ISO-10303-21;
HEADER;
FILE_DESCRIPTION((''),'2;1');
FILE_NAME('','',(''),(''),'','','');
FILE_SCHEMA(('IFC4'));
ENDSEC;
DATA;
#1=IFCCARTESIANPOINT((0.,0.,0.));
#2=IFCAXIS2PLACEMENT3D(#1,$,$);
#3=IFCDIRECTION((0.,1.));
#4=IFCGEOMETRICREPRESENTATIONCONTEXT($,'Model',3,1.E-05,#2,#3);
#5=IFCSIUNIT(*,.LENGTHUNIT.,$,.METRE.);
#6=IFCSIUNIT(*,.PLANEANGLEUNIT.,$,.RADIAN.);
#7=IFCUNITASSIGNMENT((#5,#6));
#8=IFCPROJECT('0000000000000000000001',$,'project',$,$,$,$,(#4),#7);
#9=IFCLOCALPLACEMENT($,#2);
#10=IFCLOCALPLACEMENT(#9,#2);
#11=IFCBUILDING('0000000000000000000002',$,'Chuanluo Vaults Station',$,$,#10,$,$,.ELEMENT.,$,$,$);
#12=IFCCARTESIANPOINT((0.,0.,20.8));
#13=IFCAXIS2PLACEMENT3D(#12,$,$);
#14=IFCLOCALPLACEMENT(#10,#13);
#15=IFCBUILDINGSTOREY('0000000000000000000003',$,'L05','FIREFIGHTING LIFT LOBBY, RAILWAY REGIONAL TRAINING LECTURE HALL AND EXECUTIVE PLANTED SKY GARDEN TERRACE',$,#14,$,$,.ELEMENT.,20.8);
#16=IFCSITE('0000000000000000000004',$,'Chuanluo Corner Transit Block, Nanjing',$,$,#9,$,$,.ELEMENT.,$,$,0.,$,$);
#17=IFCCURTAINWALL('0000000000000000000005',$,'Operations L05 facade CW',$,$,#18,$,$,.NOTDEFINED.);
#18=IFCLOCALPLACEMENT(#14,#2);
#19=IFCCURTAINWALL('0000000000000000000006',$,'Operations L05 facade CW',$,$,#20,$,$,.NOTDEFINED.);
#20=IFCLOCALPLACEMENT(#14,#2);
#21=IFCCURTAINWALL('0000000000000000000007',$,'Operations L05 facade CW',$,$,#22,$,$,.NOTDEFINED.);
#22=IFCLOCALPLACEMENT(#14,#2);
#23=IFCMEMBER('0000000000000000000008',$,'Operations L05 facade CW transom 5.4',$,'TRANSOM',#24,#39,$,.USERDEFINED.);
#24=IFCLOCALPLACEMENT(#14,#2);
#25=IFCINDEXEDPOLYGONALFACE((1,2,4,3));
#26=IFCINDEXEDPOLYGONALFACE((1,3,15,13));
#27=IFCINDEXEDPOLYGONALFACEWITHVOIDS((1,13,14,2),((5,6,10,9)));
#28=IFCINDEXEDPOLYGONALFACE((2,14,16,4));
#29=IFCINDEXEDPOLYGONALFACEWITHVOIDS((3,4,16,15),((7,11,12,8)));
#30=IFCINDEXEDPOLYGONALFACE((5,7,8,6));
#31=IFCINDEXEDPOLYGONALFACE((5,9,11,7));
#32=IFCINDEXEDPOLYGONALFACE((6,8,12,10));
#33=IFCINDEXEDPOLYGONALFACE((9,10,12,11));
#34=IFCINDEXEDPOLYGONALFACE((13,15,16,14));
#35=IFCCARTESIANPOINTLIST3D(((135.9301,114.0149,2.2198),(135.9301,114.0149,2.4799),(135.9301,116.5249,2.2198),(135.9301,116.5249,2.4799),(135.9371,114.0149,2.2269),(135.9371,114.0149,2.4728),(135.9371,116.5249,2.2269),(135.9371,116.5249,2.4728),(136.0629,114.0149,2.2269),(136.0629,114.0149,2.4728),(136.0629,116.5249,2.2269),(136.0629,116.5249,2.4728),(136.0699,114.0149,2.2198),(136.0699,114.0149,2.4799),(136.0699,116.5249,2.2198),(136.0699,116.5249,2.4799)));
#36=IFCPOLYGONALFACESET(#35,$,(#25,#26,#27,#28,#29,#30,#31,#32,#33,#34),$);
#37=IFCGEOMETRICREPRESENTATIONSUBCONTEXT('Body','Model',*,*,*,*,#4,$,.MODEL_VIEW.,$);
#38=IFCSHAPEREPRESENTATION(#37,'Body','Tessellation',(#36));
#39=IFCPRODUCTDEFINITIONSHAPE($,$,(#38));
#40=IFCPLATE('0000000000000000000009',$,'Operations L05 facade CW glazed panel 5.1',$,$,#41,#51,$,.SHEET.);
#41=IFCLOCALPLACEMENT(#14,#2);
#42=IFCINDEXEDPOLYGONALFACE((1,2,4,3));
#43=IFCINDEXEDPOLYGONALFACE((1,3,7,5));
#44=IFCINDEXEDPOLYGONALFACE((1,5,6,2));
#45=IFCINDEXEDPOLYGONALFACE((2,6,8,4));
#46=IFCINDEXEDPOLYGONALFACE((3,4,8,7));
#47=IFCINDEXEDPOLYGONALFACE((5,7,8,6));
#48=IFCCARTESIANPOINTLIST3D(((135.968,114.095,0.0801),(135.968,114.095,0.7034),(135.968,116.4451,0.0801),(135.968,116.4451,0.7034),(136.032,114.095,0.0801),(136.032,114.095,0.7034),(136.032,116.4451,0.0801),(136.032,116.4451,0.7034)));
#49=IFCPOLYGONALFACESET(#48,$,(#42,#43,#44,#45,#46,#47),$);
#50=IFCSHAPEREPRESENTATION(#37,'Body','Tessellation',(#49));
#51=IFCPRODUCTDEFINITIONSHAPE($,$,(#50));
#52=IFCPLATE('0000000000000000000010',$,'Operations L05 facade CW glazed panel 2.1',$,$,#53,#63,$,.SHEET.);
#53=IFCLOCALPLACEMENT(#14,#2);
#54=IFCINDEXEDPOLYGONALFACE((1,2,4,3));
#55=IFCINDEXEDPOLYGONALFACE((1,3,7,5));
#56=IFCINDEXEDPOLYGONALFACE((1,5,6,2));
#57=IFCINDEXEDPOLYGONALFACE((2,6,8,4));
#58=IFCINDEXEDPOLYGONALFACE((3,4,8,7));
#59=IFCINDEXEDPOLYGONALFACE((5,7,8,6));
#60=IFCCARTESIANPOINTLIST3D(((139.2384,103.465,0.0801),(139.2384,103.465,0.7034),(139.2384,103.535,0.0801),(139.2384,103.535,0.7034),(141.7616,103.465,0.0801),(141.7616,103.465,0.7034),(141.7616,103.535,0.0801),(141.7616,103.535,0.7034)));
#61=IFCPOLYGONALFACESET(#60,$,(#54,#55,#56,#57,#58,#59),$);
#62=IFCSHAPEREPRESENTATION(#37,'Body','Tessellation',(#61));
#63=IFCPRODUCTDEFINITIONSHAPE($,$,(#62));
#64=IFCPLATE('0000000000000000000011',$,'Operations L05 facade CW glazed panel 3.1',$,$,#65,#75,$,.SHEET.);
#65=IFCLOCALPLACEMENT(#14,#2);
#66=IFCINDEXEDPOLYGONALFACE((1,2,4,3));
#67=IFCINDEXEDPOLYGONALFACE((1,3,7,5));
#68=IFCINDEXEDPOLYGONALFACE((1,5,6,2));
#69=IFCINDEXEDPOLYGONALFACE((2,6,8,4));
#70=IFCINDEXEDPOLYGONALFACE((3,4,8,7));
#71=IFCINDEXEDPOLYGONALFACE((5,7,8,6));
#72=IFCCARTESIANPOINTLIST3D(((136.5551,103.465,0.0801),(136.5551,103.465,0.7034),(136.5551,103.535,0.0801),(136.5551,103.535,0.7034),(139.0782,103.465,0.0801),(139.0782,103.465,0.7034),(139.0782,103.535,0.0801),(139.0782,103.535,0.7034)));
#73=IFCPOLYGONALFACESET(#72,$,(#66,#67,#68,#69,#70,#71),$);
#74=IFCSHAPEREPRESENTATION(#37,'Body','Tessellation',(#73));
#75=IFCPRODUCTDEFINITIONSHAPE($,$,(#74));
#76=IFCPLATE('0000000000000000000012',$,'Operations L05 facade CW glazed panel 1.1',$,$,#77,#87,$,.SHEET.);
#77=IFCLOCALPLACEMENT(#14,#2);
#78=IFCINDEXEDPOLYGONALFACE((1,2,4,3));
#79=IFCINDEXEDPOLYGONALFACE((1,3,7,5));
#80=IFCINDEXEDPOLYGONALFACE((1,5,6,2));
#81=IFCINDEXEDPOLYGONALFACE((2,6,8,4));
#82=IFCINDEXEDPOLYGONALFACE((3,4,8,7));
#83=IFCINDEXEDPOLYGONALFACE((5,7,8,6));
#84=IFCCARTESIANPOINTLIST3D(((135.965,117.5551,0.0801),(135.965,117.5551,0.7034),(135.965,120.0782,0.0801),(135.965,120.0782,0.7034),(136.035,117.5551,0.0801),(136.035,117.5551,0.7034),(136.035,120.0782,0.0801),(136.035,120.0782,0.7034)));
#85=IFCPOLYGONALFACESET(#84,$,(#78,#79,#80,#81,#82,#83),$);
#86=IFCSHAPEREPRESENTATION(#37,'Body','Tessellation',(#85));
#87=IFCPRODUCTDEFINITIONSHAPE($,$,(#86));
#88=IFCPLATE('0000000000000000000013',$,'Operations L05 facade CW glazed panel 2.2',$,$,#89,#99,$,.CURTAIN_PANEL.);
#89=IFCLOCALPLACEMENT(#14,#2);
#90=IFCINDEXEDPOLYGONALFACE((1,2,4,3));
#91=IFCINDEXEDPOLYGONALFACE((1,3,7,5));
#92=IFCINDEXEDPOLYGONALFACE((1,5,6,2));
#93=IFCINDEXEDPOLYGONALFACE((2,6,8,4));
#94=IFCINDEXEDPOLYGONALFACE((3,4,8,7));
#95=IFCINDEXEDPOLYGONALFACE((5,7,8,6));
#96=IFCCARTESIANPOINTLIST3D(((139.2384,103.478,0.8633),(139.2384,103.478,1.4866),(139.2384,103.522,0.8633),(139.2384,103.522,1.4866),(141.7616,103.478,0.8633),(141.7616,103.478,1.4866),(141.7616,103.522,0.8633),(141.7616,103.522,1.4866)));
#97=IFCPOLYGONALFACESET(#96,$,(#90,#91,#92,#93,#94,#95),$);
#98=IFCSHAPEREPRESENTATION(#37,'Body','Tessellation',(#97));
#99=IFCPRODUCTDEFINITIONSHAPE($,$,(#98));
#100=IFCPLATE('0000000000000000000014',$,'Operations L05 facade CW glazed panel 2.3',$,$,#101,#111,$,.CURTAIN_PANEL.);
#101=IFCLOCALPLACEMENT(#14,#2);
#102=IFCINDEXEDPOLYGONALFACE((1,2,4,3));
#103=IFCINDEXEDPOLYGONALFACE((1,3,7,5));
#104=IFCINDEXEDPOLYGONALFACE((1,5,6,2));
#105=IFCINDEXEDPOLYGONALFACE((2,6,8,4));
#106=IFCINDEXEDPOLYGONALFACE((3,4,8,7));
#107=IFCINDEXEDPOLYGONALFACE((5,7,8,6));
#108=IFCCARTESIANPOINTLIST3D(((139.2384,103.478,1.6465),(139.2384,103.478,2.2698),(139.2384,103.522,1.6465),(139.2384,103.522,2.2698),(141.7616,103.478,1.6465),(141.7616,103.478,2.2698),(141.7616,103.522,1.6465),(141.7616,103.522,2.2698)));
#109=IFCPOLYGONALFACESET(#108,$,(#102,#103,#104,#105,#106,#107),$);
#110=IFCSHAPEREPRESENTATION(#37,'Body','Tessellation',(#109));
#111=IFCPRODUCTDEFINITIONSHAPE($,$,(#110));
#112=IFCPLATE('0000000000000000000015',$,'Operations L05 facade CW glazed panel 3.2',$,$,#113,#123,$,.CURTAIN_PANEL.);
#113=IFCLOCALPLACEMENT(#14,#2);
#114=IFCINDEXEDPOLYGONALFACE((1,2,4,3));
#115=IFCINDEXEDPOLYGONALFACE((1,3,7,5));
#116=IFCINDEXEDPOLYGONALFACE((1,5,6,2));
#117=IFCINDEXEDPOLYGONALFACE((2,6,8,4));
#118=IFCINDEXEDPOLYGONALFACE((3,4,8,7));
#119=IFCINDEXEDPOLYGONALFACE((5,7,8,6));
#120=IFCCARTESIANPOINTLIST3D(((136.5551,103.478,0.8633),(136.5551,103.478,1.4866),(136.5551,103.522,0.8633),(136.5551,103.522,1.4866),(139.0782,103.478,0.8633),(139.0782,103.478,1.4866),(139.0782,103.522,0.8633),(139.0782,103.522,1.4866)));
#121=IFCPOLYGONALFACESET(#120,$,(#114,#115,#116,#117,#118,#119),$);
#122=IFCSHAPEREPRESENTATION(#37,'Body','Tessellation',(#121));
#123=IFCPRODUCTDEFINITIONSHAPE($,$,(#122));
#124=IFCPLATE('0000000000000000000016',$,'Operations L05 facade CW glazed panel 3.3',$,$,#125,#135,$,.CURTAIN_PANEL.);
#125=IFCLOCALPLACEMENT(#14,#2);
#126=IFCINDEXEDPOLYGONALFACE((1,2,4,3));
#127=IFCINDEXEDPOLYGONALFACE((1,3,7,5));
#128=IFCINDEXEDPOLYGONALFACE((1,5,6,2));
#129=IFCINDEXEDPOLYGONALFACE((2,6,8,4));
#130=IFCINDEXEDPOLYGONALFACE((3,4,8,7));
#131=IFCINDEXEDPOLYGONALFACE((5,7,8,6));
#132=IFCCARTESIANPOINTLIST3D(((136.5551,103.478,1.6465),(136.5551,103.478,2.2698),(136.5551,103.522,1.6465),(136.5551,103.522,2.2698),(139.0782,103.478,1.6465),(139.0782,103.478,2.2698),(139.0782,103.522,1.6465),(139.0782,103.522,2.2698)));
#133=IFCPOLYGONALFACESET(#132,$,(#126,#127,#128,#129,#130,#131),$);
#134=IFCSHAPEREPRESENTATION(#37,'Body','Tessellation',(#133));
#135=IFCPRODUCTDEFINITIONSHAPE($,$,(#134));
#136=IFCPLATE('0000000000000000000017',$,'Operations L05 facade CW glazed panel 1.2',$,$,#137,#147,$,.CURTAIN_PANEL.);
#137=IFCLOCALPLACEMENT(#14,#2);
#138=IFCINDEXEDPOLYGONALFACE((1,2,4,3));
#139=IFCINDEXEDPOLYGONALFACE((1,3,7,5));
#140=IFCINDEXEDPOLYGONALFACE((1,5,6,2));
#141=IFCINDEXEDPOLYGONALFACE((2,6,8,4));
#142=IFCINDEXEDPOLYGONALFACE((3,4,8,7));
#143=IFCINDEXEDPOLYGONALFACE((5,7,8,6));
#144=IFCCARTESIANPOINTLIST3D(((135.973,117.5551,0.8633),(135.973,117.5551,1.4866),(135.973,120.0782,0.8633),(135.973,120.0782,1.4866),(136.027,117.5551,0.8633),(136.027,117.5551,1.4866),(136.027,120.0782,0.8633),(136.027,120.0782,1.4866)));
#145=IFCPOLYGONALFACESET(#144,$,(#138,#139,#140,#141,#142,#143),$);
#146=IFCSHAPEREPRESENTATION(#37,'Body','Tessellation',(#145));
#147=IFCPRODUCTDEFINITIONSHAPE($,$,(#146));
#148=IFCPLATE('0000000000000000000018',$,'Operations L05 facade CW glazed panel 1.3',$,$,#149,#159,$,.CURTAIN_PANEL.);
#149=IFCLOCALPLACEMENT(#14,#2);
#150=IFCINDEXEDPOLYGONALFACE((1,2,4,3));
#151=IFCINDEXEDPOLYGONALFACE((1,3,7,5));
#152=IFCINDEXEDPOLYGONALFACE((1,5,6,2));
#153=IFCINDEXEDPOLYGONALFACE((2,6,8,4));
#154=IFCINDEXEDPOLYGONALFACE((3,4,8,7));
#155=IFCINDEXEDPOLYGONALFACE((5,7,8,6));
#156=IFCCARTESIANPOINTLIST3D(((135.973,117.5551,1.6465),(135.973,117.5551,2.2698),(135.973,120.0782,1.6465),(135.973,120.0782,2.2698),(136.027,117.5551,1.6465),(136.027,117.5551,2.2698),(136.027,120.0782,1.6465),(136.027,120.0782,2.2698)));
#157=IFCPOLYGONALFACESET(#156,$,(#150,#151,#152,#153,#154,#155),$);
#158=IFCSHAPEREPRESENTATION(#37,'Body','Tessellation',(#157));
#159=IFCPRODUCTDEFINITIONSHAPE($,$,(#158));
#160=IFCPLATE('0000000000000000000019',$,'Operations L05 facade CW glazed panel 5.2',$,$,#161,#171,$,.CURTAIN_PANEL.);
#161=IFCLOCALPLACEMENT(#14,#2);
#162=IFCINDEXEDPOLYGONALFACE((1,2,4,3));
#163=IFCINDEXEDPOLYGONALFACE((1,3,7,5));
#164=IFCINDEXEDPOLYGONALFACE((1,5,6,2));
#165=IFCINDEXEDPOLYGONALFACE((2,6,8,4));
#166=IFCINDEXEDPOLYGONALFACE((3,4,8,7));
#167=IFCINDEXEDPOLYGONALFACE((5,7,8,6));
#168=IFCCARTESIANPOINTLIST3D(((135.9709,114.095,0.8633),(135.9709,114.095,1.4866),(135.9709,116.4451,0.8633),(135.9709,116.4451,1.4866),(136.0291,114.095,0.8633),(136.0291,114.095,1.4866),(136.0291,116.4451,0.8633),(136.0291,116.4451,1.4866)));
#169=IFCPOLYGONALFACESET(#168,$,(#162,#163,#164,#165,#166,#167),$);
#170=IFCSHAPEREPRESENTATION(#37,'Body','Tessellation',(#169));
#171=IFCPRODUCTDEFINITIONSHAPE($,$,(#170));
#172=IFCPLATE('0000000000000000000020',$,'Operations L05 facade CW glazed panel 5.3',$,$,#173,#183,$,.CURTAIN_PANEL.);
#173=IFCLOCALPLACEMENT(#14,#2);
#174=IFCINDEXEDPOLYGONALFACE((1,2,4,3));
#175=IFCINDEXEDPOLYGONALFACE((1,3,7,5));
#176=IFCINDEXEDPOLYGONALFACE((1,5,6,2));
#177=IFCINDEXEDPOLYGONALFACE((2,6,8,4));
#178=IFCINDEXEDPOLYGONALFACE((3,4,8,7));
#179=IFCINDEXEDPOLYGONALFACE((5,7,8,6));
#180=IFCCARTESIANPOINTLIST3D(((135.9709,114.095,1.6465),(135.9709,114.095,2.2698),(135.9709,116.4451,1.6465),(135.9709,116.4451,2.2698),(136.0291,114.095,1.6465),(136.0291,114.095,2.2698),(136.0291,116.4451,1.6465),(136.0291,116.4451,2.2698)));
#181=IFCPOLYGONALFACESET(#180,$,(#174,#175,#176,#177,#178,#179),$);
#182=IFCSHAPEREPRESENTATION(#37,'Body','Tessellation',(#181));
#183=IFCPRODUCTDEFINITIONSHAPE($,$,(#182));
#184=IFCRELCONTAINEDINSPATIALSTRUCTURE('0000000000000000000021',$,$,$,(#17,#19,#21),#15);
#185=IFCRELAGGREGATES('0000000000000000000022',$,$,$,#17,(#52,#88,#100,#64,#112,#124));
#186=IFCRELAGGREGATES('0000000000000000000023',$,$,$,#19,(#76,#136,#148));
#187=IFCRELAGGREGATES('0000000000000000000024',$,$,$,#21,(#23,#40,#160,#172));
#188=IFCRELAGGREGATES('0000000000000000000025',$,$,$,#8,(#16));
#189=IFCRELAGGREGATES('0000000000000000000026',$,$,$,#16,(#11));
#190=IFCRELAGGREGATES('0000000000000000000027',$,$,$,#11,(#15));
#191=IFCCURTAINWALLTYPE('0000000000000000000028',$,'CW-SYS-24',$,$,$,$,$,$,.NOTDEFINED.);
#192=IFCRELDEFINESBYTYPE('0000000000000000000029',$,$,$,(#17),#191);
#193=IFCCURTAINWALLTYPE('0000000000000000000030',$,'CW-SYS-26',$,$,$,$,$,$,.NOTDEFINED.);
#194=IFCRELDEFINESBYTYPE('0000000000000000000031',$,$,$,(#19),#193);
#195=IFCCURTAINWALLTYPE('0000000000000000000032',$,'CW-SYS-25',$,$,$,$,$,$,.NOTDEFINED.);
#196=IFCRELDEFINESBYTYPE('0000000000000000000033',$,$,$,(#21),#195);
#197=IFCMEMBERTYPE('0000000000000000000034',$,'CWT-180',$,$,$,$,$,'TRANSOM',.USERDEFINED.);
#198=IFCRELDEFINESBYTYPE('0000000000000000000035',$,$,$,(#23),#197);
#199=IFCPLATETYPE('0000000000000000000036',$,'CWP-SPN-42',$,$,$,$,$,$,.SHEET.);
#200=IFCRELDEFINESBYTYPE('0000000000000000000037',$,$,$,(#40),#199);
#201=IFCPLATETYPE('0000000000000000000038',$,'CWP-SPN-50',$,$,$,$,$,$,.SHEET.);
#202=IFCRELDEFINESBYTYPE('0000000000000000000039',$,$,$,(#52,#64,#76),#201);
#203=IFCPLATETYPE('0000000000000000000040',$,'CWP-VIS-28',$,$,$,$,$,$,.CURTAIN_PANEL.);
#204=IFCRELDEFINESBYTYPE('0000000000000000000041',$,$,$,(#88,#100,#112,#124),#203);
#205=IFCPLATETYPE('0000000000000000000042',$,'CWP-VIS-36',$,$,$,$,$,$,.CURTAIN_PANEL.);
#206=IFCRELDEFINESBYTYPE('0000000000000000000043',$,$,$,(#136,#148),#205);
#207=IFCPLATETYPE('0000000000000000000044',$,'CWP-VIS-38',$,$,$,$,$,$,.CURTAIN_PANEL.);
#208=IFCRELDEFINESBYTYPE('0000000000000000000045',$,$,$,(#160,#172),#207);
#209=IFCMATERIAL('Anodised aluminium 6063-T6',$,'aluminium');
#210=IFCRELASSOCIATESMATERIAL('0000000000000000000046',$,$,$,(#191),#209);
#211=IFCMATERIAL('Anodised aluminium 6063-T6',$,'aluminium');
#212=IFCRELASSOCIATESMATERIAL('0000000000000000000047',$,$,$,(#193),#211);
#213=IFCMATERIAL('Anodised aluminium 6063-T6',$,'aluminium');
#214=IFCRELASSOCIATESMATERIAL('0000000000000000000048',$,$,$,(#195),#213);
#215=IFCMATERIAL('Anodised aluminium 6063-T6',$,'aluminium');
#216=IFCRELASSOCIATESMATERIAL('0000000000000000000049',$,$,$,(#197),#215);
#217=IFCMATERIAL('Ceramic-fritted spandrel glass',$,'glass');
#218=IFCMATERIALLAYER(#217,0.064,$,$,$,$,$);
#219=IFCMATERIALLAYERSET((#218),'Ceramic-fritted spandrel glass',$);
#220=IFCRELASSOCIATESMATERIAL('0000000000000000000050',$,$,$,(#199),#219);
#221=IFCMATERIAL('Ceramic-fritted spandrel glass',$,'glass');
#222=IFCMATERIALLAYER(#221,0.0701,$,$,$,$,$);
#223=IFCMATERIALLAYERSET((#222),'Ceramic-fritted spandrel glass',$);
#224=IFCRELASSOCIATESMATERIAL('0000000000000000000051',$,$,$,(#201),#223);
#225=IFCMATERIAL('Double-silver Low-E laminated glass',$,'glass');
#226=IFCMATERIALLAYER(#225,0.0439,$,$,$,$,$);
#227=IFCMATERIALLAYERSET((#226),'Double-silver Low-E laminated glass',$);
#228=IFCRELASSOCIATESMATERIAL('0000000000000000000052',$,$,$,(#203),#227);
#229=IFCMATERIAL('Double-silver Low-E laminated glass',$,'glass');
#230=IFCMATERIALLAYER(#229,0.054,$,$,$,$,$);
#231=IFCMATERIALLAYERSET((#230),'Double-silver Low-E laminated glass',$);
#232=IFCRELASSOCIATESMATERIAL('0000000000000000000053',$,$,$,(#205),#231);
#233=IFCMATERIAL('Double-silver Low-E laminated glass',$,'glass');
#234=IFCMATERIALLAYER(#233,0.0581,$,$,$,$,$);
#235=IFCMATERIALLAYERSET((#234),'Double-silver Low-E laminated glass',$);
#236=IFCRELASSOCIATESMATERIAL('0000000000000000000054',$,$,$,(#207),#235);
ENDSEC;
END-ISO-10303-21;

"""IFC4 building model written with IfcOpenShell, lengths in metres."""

from ifc_helpers import new_model, si_unit, direction, frame, origin, origin_2d, place, context, subcontext, project, spatial, rectangle, hollow_rectangle, extrude, material, layer, layer_set, material_profile, profile_set, type_object, element, aggregate, save


model = new_model("IFC4")

# Units and contexts
model_context = context("Model", 3, precision=1e-05, world=origin(), true_north=direction((0.0, 1.0)))
body_context = subcontext(model_context, "Body", "Model", "MODEL_VIEW")
ifc_project = project(units=[si_unit("LENGTHUNIT", "METRE"), si_unit("PLANEANGLEUNIT", "RADIAN")], contexts=[model_context])

# Site, building, storey
site_placement = place(None, origin())
site = spatial("IfcSite", under=ifc_project, at=site_placement, Name="Chuanluo Corner Transit Block, Nanjing", CompositionType="ELEMENT", RefElevation=0.0)
building_placement = place(site_placement, origin())
building = spatial("IfcBuilding", under=site, at=building_placement, Name="Chuanluo Vaults Station", CompositionType="ELEMENT")
storey_placement = place(building_placement, frame((0.0, 0.0, 20.8)))
storey = spatial("IfcBuildingStorey", under=building, at=storey_placement, Name="L05", Description="FIREFIGHTING LIFT LOBBY, RAILWAY REGIONAL TRAINING LECTURE HALL AND EXECUTIVE PLANTED SKY GARDEN TERRACE", CompositionType="ELEMENT", Elevation=20.8)

# Curtain walls
ifc_material_1 = material(Name="Anodised aluminium 6063-T6", Category="aluminium")
curtain_wall_type_1 = type_object("IfcCurtainWallType", Name="CW-SYS-24", PredefinedType="NOTDEFINED", material=ifc_material_1)
curtain_wall_1_placement = place(storey_placement, origin())
curtain_wall_1 = element("IfcCurtainWall", 1, at=curtain_wall_1_placement, inside=storey, type_object=curtain_wall_type_1, Name="Operations L05 facade CW", PredefinedType="NOTDEFINED")
ifc_material_2 = material(Name="Anodised aluminium 6063-T6", Category="aluminium")
curtain_wall_type_2 = type_object("IfcCurtainWallType", Name="CW-SYS-26", PredefinedType="NOTDEFINED", material=ifc_material_2)
curtain_wall_2_placement = place(storey_placement, origin())
curtain_wall_2 = element("IfcCurtainWall", 2, at=curtain_wall_2_placement, inside=storey, type_object=curtain_wall_type_2, Name="Operations L05 facade CW", PredefinedType="NOTDEFINED")

# Curtain wall, member, plate
ifc_material_3 = material(Name="Anodised aluminium 6063-T6", Category="aluminium")
curtain_wall_type_3 = type_object("IfcCurtainWallType", Name="CW-SYS-25", PredefinedType="NOTDEFINED", material=ifc_material_3)
curtain_wall_3_placement = place(storey_placement, origin())
curtain_wall_3 = element("IfcCurtainWall", 3, at=curtain_wall_3_placement, inside=storey, type_object=curtain_wall_type_3, Name="Operations L05 facade CW", PredefinedType="NOTDEFINED")
ifc_material_4 = material(Name="Anodised aluminium 6063-T6", Category="aluminium")
ifc_material_profile_1 = material_profile(ifc_material_4, hollow_rectangle(XDim=0.1399, YDim=0.26, WallThickness=0.0071, at=origin_2d()))
ifc_profile_set_1 = profile_set([ifc_material_profile_1], Name="Anodised aluminium 6063-T6")
member_type_1 = type_object("IfcMemberType", Name="CWT-180", ElementType="TRANSOM", PredefinedType="USERDEFINED", material=ifc_profile_set_1)
member_1_placement = place(storey_placement, frame((136.0, 114.0149, 2.3499), z_axis=(0.0, 1.0, 0.0), x_axis=(-1.0, 0.0, 0.0)))
member_1 = element("IfcMember", 4, at=member_1_placement, type_object=member_type_1, Name="Operations L05 facade CW transom 5.4", ObjectType="TRANSOM", PredefinedType="USERDEFINED", context=body_context, shape_type="SweptSolid", body=[
    extrude(hollow_rectangle(XDim=0.1399, YDim=0.26, WallThickness=0.0071, at=origin_2d()), origin(), (0.0, 0.0, 1.0), 2.51),
])
ifc_material_5 = material(Name="Ceramic-fritted spandrel glass", Category="glass")
ifc_layer_1 = layer(ifc_material_5, 0.064)
ifc_layer_set_1 = layer_set([ifc_layer_1], Name="Ceramic-fritted spandrel glass")
plate_type_1 = type_object("IfcPlateType", Name="CWP-SPN-42", PredefinedType="SHEET", material=ifc_layer_set_1)
plate_1_placement = place(storey_placement, frame((136.0, 115.27, 0.0801), z_axis=(0.0, 0.0, 1.0), x_axis=(0.0, 1.0, 0.0)))
plate_1 = element("IfcPlate", 5, at=plate_1_placement, type_object=plate_type_1, Name="Operations L05 facade CW glazed panel 5.1", PredefinedType="SHEET", context=body_context, shape_type="SweptSolid", body=[
    extrude(rectangle(XDim=2.3501, YDim=0.064, at=origin_2d()), origin(), (0.0, 0.0, 1.0), 0.6233),
])

# Plates
ifc_material_6 = material(Name="Ceramic-fritted spandrel glass", Category="glass")
ifc_layer_2 = layer(ifc_material_6, 0.0701)
ifc_layer_set_2 = layer_set([ifc_layer_2], Name="Ceramic-fritted spandrel glass")
plate_type_2 = type_object("IfcPlateType", Name="CWP-SPN-50", PredefinedType="SHEET", material=ifc_layer_set_2)
plate_2_placement = place(storey_placement, frame((140.5, 103.5, 0.0801), z_axis=(0.0, 0.0, 1.0), x_axis=(-1.0, 0.0, 0.0)))
plate_2 = element("IfcPlate", 6, at=plate_2_placement, type_object=plate_type_2, Name="Operations L05 facade CW glazed panel 2.1", PredefinedType="SHEET", context=body_context, shape_type="SweptSolid", body=[
    extrude(rectangle(XDim=2.5232, YDim=0.0701, at=origin_2d()), origin(), (0.0, 0.0, 1.0), 0.6233),
])
plate_3_placement = place(storey_placement, frame((137.8167, 103.5, 0.0801), z_axis=(0.0, 0.0, 1.0), x_axis=(-1.0, 0.0, 0.0)))
plate_3 = element("IfcPlate", 7, at=plate_3_placement, type_object=plate_type_2, Name="Operations L05 facade CW glazed panel 3.1", PredefinedType="SHEET", context=body_context, shape_type="SweptSolid", body=[
    extrude(rectangle(XDim=2.5232, YDim=0.0701, at=origin_2d()), origin(), (0.0, 0.0, 1.0), 0.6233),
])
plate_4_placement = place(storey_placement, frame((136.0, 118.8167, 0.0801), z_axis=(0.0, 0.0, 1.0), x_axis=(0.0, 1.0, 0.0)))
plate_4 = element("IfcPlate", 8, at=plate_4_placement, type_object=plate_type_2, Name="Operations L05 facade CW glazed panel 1.1", PredefinedType="SHEET", context=body_context, shape_type="SweptSolid", body=[
    extrude(rectangle(XDim=2.5232, YDim=0.0701, at=origin_2d()), origin(), (0.0, 0.0, 1.0), 0.6233),
])
ifc_material_7 = material(Name="Double-silver Low-E laminated glass", Category="glass")
ifc_layer_3 = layer(ifc_material_7, 0.0439)
ifc_layer_set_3 = layer_set([ifc_layer_3], Name="Double-silver Low-E laminated glass")
plate_type_3 = type_object("IfcPlateType", Name="CWP-VIS-28", PredefinedType="CURTAIN_PANEL", material=ifc_layer_set_3)
plate_5_placement = place(storey_placement, frame((140.5, 103.5, 0.8633), z_axis=(0.0, 0.0, 1.0), x_axis=(-1.0, 0.0, 0.0)))
plate_5 = element("IfcPlate", 9, at=plate_5_placement, type_object=plate_type_3, Name="Operations L05 facade CW glazed panel 2.2", PredefinedType="CURTAIN_PANEL", context=body_context, shape_type="SweptSolid", body=[
    extrude(rectangle(XDim=2.5232, YDim=0.0439, at=origin_2d()), origin(), (0.0, 0.0, 1.0), 0.6233),
])
plate_6_placement = place(storey_placement, frame((140.5, 103.5, 1.6465), z_axis=(0.0, 0.0, 1.0), x_axis=(-1.0, 0.0, 0.0)))
plate_6 = element("IfcPlate", 10, at=plate_6_placement, type_object=plate_type_3, Name="Operations L05 facade CW glazed panel 2.3", PredefinedType="CURTAIN_PANEL", context=body_context, shape_type="SweptSolid", body=[
    extrude(rectangle(XDim=2.5232, YDim=0.0439, at=origin_2d()), origin(), (0.0, 0.0, 1.0), 0.6233),
])
plate_7_placement = place(storey_placement, frame((137.8167, 103.5, 0.8633), z_axis=(0.0, 0.0, 1.0), x_axis=(-1.0, 0.0, 0.0)))
plate_7 = element("IfcPlate", 11, at=plate_7_placement, type_object=plate_type_3, Name="Operations L05 facade CW glazed panel 3.2", PredefinedType="CURTAIN_PANEL", context=body_context, shape_type="SweptSolid", body=[
    extrude(rectangle(XDim=2.5232, YDim=0.0439, at=origin_2d()), origin(), (0.0, 0.0, 1.0), 0.6233),
])
plate_8_placement = place(storey_placement, frame((137.8167, 103.5, 1.6465), z_axis=(0.0, 0.0, 1.0), x_axis=(-1.0, 0.0, 0.0)))
plate_8 = element("IfcPlate", 12, at=plate_8_placement, type_object=plate_type_3, Name="Operations L05 facade CW glazed panel 3.3", PredefinedType="CURTAIN_PANEL", context=body_context, shape_type="SweptSolid", body=[
    extrude(rectangle(XDim=2.5232, YDim=0.0439, at=origin_2d()), origin(), (0.0, 0.0, 1.0), 0.6233),
])
aggregate(curtain_wall_1, [plate_2, plate_5, plate_6, plate_3, plate_7, plate_8])
ifc_material_8 = material(Name="Double-silver Low-E laminated glass", Category="glass")
ifc_layer_4 = layer(ifc_material_8, 0.054)
ifc_layer_set_4 = layer_set([ifc_layer_4], Name="Double-silver Low-E laminated glass")
plate_type_4 = type_object("IfcPlateType", Name="CWP-VIS-36", PredefinedType="CURTAIN_PANEL", material=ifc_layer_set_4)
plate_9_placement = place(storey_placement, frame((136.0, 118.8167, 0.8633), z_axis=(0.0, 0.0, 1.0), x_axis=(0.0, 1.0, 0.0)))
plate_9 = element("IfcPlate", 13, at=plate_9_placement, type_object=plate_type_4, Name="Operations L05 facade CW glazed panel 1.2", PredefinedType="CURTAIN_PANEL", context=body_context, shape_type="SweptSolid", body=[
    extrude(rectangle(XDim=2.5232, YDim=0.054, at=origin_2d()), origin(), (0.0, 0.0, 1.0), 0.6233),
])
plate_10_placement = place(storey_placement, frame((136.0, 118.8167, 1.6465), z_axis=(0.0, 0.0, 1.0), x_axis=(0.0, 1.0, 0.0)))
plate_10 = element("IfcPlate", 14, at=plate_10_placement, type_object=plate_type_4, Name="Operations L05 facade CW glazed panel 1.3", PredefinedType="CURTAIN_PANEL", context=body_context, shape_type="SweptSolid", body=[
    extrude(rectangle(XDim=2.5232, YDim=0.054, at=origin_2d()), origin(), (0.0, 0.0, 1.0), 0.6233),
])
aggregate(curtain_wall_2, [plate_4, plate_9, plate_10])
ifc_material_9 = material(Name="Double-silver Low-E laminated glass", Category="glass")
ifc_layer_5 = layer(ifc_material_9, 0.0581)
ifc_layer_set_5 = layer_set([ifc_layer_5], Name="Double-silver Low-E laminated glass")
plate_type_5 = type_object("IfcPlateType", Name="CWP-VIS-38", PredefinedType="CURTAIN_PANEL", material=ifc_layer_set_5)
plate_11_placement = place(storey_placement, frame((136.0, 115.27, 0.8633), z_axis=(0.0, 0.0, 1.0), x_axis=(0.0, 1.0, 0.0)))
plate_11 = element("IfcPlate", 15, at=plate_11_placement, type_object=plate_type_5, Name="Operations L05 facade CW glazed panel 5.2", PredefinedType="CURTAIN_PANEL", context=body_context, shape_type="SweptSolid", body=[
    extrude(rectangle(XDim=2.3501, YDim=0.0581, at=origin_2d()), origin(), (0.0, 0.0, 1.0), 0.6233),
])
plate_12_placement = place(storey_placement, frame((136.0, 115.27, 1.6465), z_axis=(0.0, 0.0, 1.0), x_axis=(0.0, 1.0, 0.0)))
plate_12 = element("IfcPlate", 16, at=plate_12_placement, type_object=plate_type_5, Name="Operations L05 facade CW glazed panel 5.3", PredefinedType="CURTAIN_PANEL", context=body_context, shape_type="SweptSolid", body=[
    extrude(rectangle(XDim=2.3501, YDim=0.0581, at=origin_2d()), origin(), (0.0, 0.0, 1.0), 0.6233),
])
aggregate(curtain_wall_3, [member_1, plate_1, plate_11, plate_12])

save(model, "model.ifc")
